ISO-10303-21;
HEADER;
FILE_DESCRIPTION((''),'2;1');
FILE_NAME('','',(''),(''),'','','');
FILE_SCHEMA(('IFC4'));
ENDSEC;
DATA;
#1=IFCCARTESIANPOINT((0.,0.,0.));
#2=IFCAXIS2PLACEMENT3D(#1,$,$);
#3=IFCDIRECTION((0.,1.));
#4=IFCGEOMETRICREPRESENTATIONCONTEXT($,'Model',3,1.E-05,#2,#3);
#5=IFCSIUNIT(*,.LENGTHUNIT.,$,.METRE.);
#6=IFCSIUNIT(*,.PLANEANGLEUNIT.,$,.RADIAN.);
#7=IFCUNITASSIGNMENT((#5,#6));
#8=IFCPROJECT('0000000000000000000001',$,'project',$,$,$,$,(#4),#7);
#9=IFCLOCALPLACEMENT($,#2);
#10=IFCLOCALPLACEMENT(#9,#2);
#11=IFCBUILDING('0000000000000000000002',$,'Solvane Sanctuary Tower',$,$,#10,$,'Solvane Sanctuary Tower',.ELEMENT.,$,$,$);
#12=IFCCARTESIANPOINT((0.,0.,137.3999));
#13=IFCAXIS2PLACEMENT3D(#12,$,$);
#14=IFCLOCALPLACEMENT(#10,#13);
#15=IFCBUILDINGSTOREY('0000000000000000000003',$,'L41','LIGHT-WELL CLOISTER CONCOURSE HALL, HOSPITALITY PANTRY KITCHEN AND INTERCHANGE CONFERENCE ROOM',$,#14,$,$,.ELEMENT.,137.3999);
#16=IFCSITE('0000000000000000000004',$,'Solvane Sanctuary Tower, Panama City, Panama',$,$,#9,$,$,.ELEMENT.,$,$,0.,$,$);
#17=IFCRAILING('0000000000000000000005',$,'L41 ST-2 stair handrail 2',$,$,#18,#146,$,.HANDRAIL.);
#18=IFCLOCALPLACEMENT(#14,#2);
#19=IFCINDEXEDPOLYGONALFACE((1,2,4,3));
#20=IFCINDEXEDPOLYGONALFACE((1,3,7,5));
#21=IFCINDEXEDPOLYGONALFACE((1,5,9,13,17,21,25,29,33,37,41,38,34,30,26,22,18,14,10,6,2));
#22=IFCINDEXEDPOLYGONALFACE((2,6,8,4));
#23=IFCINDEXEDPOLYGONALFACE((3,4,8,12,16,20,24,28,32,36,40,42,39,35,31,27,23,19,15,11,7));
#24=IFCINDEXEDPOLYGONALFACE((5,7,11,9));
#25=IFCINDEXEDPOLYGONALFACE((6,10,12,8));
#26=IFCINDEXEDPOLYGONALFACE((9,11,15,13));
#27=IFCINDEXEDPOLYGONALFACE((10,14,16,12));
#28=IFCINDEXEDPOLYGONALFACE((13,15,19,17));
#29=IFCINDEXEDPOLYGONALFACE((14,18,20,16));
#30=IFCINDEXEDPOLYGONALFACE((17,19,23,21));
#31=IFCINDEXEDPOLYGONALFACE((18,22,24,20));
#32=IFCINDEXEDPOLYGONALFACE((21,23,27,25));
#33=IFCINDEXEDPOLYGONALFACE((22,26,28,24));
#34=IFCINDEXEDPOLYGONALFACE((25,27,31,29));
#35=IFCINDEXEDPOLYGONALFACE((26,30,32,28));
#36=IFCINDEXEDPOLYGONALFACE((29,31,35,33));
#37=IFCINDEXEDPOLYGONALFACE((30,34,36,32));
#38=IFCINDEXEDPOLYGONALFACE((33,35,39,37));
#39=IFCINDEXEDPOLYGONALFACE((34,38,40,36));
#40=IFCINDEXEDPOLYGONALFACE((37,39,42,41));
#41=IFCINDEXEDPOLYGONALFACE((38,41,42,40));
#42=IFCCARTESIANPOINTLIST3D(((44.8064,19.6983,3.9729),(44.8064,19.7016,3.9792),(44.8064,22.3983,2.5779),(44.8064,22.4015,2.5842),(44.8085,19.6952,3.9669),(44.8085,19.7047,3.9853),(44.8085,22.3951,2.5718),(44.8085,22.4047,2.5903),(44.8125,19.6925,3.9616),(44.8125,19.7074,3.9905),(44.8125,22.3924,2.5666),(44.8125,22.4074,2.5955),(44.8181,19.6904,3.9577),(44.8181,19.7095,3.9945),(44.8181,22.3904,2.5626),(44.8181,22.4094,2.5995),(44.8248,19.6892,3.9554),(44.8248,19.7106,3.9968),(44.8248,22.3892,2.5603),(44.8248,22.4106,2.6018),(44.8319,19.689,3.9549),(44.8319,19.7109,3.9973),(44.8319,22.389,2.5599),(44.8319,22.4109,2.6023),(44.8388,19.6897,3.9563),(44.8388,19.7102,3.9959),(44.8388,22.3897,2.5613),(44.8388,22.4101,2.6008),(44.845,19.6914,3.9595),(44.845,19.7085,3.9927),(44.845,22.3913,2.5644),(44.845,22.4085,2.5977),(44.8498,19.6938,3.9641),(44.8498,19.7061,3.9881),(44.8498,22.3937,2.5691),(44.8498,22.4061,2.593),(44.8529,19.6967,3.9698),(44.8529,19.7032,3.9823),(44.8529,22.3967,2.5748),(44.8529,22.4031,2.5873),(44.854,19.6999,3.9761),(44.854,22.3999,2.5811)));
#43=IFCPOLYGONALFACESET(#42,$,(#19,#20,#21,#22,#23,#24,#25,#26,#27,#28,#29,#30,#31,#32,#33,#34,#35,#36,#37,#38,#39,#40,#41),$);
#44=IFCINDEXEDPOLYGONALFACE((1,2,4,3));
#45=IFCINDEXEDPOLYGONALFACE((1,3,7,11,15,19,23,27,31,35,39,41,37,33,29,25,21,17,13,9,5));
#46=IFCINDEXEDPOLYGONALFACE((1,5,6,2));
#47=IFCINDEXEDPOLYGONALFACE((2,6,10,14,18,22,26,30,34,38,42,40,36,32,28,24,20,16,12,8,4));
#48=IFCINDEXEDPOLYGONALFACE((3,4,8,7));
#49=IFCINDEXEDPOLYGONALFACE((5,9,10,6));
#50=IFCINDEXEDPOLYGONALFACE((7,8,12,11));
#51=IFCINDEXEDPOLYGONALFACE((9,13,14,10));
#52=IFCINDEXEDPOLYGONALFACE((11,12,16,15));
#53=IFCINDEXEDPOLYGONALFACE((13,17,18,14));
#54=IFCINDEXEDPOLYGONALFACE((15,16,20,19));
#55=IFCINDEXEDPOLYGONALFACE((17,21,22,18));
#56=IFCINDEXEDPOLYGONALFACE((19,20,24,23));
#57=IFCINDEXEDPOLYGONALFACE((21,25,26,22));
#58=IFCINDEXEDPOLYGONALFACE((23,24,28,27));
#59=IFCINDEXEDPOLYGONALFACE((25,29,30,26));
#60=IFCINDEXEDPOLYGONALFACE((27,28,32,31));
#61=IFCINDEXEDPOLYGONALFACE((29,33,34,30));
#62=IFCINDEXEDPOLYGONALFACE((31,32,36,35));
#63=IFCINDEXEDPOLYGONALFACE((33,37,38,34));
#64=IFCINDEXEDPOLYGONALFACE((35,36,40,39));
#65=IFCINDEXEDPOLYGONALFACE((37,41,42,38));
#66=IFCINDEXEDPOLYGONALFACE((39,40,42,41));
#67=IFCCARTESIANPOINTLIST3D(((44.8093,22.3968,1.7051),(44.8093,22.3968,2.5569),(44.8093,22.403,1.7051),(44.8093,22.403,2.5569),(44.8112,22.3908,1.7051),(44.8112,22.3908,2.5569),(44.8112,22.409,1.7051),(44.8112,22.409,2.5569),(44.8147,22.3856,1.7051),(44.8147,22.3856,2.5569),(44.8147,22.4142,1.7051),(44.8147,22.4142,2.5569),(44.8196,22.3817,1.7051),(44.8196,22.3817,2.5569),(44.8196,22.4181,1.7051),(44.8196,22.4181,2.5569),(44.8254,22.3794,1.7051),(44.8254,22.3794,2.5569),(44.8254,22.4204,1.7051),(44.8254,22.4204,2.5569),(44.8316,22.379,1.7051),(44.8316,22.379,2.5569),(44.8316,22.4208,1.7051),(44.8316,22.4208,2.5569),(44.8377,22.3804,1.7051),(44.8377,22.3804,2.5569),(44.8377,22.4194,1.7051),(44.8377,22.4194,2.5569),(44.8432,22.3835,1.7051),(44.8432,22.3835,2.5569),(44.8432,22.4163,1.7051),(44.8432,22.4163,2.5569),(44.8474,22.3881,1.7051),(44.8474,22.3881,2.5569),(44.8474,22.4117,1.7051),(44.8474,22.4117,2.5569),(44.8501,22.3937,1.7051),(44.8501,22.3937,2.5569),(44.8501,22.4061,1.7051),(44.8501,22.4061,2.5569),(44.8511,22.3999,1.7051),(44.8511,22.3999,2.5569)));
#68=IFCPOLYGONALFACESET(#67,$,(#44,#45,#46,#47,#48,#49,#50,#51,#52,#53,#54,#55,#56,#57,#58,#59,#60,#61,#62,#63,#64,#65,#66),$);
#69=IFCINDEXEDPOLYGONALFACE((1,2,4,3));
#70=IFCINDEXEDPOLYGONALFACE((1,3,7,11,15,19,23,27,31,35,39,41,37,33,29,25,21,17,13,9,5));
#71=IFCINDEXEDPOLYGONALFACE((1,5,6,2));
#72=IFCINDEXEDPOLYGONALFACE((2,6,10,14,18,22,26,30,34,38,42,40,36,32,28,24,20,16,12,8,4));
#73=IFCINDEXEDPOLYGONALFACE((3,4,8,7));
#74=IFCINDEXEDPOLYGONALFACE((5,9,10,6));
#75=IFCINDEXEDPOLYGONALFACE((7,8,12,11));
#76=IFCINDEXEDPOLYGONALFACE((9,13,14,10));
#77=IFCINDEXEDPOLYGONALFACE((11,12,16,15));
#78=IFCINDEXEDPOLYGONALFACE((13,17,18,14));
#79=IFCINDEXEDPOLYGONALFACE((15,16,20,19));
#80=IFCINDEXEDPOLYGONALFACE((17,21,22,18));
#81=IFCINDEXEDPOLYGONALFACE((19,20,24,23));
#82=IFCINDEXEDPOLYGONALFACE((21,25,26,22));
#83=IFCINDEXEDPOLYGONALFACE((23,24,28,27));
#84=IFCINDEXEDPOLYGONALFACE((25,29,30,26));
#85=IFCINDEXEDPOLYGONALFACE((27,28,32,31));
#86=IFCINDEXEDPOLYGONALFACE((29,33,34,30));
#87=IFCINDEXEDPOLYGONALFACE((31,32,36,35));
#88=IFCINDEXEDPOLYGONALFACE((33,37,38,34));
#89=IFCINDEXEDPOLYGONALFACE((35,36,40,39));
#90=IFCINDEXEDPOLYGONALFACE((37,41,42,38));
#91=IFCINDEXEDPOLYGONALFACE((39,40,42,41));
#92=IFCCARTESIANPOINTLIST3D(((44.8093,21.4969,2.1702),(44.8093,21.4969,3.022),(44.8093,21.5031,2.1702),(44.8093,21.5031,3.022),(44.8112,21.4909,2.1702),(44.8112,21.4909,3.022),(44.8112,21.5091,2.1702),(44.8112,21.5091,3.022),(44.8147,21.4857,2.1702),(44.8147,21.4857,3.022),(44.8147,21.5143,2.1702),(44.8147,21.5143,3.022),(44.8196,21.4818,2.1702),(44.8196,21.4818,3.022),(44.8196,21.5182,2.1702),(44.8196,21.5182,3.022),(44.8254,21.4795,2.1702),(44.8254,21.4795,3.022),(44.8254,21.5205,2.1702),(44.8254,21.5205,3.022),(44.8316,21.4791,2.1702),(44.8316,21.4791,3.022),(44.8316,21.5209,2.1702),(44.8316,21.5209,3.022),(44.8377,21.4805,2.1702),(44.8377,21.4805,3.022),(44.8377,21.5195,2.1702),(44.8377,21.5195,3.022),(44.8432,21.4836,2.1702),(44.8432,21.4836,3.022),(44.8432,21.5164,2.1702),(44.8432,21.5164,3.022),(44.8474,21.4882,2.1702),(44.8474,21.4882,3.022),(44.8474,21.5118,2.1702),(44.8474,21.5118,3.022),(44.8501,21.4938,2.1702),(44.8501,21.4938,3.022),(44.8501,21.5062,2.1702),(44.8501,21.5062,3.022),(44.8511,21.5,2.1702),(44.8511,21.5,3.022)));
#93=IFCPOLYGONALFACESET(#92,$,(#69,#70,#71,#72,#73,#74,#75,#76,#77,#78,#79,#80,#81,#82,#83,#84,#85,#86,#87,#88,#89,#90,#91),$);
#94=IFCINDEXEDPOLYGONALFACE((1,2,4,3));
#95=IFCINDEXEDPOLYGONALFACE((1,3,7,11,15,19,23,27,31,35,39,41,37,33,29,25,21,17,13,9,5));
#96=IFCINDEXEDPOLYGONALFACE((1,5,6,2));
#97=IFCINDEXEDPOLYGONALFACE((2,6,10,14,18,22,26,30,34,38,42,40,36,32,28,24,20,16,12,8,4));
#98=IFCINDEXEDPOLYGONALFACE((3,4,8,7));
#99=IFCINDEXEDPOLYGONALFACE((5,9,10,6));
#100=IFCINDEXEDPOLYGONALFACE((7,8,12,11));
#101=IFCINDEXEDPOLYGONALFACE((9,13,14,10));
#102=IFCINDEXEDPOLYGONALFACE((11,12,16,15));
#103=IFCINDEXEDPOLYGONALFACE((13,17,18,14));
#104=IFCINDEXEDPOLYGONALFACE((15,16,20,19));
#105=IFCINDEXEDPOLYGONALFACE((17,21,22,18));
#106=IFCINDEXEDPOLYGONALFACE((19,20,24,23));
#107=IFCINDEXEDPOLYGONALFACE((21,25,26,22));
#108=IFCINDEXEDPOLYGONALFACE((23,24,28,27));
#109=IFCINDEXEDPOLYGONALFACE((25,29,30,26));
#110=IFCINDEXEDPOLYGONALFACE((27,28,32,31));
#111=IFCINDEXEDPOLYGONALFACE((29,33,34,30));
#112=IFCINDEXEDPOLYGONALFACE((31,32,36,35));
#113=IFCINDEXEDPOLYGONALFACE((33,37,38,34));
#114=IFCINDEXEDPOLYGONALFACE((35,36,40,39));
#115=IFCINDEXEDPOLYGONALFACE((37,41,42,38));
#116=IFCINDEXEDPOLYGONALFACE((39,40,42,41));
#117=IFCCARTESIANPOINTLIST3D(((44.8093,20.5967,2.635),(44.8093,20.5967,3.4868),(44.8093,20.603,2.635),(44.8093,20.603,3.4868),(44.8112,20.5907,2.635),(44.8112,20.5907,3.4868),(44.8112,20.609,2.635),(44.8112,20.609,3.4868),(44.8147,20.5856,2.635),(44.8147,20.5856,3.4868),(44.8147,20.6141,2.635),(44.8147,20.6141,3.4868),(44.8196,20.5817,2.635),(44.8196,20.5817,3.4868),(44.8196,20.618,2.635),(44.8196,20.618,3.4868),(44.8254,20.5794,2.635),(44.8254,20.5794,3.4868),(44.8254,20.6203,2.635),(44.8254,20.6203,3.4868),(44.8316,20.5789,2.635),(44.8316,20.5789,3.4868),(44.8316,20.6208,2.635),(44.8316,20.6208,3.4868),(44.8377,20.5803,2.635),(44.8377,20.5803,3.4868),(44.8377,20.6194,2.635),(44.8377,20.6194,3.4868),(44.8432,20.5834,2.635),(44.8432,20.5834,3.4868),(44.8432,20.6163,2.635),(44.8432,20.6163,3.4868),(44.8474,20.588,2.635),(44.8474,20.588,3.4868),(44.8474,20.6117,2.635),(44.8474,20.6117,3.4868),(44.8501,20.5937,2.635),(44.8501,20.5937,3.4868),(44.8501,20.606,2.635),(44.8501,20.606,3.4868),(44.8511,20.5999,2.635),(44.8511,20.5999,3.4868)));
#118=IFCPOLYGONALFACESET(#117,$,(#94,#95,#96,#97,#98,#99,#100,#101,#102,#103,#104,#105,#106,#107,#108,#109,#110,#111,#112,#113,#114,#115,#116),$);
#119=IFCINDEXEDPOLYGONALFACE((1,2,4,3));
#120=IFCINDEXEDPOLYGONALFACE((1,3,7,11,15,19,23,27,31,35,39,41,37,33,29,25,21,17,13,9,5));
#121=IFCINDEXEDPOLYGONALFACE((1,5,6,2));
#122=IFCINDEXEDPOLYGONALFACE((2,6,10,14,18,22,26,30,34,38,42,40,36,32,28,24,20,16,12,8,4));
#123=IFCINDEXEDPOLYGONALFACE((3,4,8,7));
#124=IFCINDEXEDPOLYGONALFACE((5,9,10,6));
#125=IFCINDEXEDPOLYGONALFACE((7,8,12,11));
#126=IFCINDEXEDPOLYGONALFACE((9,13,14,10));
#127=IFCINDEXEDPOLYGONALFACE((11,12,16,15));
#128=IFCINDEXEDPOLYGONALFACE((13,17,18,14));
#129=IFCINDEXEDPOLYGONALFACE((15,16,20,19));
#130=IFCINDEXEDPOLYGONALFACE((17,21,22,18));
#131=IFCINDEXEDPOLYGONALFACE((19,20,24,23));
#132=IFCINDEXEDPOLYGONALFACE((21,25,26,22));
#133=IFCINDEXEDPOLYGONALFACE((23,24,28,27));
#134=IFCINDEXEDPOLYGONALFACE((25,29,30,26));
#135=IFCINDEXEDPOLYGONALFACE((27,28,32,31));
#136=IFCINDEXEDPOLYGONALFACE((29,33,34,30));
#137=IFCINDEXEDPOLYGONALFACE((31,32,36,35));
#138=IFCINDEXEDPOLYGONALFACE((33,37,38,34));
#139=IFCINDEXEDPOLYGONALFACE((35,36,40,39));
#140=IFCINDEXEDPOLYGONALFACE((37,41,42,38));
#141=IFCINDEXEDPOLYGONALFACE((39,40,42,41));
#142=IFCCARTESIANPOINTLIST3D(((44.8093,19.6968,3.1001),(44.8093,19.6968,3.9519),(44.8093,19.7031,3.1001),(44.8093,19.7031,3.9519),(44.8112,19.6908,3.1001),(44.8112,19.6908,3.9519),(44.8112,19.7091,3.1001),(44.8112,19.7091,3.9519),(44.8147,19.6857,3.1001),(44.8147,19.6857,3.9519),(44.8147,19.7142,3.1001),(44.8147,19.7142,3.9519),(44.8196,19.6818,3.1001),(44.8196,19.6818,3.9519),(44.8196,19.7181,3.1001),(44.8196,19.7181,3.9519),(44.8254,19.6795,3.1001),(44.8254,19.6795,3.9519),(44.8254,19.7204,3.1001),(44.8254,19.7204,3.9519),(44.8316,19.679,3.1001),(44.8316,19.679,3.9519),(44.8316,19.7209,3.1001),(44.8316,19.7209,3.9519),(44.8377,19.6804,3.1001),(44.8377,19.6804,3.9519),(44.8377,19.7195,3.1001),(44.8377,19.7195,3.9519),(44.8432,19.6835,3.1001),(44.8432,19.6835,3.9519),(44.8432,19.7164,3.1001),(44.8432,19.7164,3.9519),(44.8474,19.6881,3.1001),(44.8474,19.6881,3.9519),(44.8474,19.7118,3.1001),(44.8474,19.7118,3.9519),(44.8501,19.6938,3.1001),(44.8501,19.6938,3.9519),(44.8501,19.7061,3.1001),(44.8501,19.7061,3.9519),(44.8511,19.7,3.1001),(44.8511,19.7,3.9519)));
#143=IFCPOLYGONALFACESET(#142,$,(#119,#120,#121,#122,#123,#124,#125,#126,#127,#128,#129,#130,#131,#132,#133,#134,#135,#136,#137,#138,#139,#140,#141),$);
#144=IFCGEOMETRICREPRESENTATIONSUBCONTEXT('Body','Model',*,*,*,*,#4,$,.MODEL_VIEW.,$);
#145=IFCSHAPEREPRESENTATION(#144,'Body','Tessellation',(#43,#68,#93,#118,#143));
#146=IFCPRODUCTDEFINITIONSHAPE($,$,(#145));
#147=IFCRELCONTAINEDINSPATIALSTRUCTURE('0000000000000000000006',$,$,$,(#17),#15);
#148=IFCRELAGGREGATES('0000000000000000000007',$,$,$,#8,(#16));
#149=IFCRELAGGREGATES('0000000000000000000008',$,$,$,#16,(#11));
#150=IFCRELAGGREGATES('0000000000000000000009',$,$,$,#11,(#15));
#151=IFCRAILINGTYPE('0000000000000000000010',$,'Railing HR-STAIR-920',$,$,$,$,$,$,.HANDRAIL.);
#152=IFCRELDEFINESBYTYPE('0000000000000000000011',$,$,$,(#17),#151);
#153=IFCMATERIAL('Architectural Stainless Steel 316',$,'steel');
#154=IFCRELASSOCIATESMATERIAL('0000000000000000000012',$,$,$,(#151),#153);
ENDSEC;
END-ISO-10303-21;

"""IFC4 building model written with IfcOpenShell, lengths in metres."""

from ifc_helpers import new_model, si_unit, direction, frame, origin, origin_2d, place, context, subcontext, project, spatial, circle, extrude, material, type_object, element, save


model = new_model("IFC4")

# Units and contexts
model_context = context("Model", 3, precision=1e-05, world=origin(), true_north=direction((0.0, 1.0)))
body_context = subcontext(model_context, "Body", "Model", "MODEL_VIEW")
ifc_project = project(units=[si_unit("LENGTHUNIT", "METRE"), si_unit("PLANEANGLEUNIT", "RADIAN")], contexts=[model_context])

# Site, building, storey
site_placement = place(None, origin())
site = spatial("IfcSite", under=ifc_project, at=site_placement, Name="Solvane Sanctuary Tower, Panama City, Panama", CompositionType="ELEMENT", RefElevation=0.0)
building_placement = place(site_placement, origin())
building = spatial("IfcBuilding", under=site, at=building_placement, Name="Solvane Sanctuary Tower", LongName="Solvane Sanctuary Tower", CompositionType="ELEMENT")
storey_placement = place(building_placement, frame((0.0, 0.0, 137.3999)))
storey = spatial("IfcBuildingStorey", under=building, at=storey_placement, Name="L41", Description="LIGHT-WELL CLOISTER CONCOURSE HALL, HOSPITALITY PANTRY KITCHEN AND INTERCHANGE CONFERENCE ROOM", CompositionType="ELEMENT", Elevation=137.3999)

# Shared definitions
ifc_material_1 = material(Name="Architectural Stainless Steel 316", Category="steel")

# Railing
railing_type_1 = type_object("IfcRailingType", Name="Railing HR-STAIR-920", PredefinedType="HANDRAIL", material=ifc_material_1)
railing_1_placement = place(storey_placement, frame((44.8301, 22.3999, 1.7051)))
element("IfcRailing", 1, at=railing_1_placement, inside=storey, type_object=railing_type_1, Name="L41 ST-2 stair handrail 2", PredefinedType="HANDRAIL", context=body_context, shape_type="SweptSolid", body=[
    extrude(circle(Radius=0.0239, at=origin_2d()), frame((0.0, 0.0, 0.876), z_axis=(0.0, -0.88842, 0.459032), x_axis=(1.0, 0.0, 0.0)), (0.0, 0.0, 1.0), 3.0391),
    extrude(circle(Radius=0.021, at=origin_2d()), origin(), (0.0, 0.0, 1.0), 0.8518),
    extrude(circle(Radius=0.021, at=origin_2d()), frame((0.0, -0.8999, 0.4651)), (0.0, 0.0, 1.0), 0.8518),
    extrude(circle(Radius=0.021, at=origin_2d()), frame((0.0, -1.8, 0.9299)), (0.0, 0.0, 1.0), 0.8518),
    extrude(circle(Radius=0.021, at=origin_2d()), frame((0.0, -2.7, 1.395)), (0.0, 0.0, 1.0), 0.8518),
])

save(model, "model.ifc")
